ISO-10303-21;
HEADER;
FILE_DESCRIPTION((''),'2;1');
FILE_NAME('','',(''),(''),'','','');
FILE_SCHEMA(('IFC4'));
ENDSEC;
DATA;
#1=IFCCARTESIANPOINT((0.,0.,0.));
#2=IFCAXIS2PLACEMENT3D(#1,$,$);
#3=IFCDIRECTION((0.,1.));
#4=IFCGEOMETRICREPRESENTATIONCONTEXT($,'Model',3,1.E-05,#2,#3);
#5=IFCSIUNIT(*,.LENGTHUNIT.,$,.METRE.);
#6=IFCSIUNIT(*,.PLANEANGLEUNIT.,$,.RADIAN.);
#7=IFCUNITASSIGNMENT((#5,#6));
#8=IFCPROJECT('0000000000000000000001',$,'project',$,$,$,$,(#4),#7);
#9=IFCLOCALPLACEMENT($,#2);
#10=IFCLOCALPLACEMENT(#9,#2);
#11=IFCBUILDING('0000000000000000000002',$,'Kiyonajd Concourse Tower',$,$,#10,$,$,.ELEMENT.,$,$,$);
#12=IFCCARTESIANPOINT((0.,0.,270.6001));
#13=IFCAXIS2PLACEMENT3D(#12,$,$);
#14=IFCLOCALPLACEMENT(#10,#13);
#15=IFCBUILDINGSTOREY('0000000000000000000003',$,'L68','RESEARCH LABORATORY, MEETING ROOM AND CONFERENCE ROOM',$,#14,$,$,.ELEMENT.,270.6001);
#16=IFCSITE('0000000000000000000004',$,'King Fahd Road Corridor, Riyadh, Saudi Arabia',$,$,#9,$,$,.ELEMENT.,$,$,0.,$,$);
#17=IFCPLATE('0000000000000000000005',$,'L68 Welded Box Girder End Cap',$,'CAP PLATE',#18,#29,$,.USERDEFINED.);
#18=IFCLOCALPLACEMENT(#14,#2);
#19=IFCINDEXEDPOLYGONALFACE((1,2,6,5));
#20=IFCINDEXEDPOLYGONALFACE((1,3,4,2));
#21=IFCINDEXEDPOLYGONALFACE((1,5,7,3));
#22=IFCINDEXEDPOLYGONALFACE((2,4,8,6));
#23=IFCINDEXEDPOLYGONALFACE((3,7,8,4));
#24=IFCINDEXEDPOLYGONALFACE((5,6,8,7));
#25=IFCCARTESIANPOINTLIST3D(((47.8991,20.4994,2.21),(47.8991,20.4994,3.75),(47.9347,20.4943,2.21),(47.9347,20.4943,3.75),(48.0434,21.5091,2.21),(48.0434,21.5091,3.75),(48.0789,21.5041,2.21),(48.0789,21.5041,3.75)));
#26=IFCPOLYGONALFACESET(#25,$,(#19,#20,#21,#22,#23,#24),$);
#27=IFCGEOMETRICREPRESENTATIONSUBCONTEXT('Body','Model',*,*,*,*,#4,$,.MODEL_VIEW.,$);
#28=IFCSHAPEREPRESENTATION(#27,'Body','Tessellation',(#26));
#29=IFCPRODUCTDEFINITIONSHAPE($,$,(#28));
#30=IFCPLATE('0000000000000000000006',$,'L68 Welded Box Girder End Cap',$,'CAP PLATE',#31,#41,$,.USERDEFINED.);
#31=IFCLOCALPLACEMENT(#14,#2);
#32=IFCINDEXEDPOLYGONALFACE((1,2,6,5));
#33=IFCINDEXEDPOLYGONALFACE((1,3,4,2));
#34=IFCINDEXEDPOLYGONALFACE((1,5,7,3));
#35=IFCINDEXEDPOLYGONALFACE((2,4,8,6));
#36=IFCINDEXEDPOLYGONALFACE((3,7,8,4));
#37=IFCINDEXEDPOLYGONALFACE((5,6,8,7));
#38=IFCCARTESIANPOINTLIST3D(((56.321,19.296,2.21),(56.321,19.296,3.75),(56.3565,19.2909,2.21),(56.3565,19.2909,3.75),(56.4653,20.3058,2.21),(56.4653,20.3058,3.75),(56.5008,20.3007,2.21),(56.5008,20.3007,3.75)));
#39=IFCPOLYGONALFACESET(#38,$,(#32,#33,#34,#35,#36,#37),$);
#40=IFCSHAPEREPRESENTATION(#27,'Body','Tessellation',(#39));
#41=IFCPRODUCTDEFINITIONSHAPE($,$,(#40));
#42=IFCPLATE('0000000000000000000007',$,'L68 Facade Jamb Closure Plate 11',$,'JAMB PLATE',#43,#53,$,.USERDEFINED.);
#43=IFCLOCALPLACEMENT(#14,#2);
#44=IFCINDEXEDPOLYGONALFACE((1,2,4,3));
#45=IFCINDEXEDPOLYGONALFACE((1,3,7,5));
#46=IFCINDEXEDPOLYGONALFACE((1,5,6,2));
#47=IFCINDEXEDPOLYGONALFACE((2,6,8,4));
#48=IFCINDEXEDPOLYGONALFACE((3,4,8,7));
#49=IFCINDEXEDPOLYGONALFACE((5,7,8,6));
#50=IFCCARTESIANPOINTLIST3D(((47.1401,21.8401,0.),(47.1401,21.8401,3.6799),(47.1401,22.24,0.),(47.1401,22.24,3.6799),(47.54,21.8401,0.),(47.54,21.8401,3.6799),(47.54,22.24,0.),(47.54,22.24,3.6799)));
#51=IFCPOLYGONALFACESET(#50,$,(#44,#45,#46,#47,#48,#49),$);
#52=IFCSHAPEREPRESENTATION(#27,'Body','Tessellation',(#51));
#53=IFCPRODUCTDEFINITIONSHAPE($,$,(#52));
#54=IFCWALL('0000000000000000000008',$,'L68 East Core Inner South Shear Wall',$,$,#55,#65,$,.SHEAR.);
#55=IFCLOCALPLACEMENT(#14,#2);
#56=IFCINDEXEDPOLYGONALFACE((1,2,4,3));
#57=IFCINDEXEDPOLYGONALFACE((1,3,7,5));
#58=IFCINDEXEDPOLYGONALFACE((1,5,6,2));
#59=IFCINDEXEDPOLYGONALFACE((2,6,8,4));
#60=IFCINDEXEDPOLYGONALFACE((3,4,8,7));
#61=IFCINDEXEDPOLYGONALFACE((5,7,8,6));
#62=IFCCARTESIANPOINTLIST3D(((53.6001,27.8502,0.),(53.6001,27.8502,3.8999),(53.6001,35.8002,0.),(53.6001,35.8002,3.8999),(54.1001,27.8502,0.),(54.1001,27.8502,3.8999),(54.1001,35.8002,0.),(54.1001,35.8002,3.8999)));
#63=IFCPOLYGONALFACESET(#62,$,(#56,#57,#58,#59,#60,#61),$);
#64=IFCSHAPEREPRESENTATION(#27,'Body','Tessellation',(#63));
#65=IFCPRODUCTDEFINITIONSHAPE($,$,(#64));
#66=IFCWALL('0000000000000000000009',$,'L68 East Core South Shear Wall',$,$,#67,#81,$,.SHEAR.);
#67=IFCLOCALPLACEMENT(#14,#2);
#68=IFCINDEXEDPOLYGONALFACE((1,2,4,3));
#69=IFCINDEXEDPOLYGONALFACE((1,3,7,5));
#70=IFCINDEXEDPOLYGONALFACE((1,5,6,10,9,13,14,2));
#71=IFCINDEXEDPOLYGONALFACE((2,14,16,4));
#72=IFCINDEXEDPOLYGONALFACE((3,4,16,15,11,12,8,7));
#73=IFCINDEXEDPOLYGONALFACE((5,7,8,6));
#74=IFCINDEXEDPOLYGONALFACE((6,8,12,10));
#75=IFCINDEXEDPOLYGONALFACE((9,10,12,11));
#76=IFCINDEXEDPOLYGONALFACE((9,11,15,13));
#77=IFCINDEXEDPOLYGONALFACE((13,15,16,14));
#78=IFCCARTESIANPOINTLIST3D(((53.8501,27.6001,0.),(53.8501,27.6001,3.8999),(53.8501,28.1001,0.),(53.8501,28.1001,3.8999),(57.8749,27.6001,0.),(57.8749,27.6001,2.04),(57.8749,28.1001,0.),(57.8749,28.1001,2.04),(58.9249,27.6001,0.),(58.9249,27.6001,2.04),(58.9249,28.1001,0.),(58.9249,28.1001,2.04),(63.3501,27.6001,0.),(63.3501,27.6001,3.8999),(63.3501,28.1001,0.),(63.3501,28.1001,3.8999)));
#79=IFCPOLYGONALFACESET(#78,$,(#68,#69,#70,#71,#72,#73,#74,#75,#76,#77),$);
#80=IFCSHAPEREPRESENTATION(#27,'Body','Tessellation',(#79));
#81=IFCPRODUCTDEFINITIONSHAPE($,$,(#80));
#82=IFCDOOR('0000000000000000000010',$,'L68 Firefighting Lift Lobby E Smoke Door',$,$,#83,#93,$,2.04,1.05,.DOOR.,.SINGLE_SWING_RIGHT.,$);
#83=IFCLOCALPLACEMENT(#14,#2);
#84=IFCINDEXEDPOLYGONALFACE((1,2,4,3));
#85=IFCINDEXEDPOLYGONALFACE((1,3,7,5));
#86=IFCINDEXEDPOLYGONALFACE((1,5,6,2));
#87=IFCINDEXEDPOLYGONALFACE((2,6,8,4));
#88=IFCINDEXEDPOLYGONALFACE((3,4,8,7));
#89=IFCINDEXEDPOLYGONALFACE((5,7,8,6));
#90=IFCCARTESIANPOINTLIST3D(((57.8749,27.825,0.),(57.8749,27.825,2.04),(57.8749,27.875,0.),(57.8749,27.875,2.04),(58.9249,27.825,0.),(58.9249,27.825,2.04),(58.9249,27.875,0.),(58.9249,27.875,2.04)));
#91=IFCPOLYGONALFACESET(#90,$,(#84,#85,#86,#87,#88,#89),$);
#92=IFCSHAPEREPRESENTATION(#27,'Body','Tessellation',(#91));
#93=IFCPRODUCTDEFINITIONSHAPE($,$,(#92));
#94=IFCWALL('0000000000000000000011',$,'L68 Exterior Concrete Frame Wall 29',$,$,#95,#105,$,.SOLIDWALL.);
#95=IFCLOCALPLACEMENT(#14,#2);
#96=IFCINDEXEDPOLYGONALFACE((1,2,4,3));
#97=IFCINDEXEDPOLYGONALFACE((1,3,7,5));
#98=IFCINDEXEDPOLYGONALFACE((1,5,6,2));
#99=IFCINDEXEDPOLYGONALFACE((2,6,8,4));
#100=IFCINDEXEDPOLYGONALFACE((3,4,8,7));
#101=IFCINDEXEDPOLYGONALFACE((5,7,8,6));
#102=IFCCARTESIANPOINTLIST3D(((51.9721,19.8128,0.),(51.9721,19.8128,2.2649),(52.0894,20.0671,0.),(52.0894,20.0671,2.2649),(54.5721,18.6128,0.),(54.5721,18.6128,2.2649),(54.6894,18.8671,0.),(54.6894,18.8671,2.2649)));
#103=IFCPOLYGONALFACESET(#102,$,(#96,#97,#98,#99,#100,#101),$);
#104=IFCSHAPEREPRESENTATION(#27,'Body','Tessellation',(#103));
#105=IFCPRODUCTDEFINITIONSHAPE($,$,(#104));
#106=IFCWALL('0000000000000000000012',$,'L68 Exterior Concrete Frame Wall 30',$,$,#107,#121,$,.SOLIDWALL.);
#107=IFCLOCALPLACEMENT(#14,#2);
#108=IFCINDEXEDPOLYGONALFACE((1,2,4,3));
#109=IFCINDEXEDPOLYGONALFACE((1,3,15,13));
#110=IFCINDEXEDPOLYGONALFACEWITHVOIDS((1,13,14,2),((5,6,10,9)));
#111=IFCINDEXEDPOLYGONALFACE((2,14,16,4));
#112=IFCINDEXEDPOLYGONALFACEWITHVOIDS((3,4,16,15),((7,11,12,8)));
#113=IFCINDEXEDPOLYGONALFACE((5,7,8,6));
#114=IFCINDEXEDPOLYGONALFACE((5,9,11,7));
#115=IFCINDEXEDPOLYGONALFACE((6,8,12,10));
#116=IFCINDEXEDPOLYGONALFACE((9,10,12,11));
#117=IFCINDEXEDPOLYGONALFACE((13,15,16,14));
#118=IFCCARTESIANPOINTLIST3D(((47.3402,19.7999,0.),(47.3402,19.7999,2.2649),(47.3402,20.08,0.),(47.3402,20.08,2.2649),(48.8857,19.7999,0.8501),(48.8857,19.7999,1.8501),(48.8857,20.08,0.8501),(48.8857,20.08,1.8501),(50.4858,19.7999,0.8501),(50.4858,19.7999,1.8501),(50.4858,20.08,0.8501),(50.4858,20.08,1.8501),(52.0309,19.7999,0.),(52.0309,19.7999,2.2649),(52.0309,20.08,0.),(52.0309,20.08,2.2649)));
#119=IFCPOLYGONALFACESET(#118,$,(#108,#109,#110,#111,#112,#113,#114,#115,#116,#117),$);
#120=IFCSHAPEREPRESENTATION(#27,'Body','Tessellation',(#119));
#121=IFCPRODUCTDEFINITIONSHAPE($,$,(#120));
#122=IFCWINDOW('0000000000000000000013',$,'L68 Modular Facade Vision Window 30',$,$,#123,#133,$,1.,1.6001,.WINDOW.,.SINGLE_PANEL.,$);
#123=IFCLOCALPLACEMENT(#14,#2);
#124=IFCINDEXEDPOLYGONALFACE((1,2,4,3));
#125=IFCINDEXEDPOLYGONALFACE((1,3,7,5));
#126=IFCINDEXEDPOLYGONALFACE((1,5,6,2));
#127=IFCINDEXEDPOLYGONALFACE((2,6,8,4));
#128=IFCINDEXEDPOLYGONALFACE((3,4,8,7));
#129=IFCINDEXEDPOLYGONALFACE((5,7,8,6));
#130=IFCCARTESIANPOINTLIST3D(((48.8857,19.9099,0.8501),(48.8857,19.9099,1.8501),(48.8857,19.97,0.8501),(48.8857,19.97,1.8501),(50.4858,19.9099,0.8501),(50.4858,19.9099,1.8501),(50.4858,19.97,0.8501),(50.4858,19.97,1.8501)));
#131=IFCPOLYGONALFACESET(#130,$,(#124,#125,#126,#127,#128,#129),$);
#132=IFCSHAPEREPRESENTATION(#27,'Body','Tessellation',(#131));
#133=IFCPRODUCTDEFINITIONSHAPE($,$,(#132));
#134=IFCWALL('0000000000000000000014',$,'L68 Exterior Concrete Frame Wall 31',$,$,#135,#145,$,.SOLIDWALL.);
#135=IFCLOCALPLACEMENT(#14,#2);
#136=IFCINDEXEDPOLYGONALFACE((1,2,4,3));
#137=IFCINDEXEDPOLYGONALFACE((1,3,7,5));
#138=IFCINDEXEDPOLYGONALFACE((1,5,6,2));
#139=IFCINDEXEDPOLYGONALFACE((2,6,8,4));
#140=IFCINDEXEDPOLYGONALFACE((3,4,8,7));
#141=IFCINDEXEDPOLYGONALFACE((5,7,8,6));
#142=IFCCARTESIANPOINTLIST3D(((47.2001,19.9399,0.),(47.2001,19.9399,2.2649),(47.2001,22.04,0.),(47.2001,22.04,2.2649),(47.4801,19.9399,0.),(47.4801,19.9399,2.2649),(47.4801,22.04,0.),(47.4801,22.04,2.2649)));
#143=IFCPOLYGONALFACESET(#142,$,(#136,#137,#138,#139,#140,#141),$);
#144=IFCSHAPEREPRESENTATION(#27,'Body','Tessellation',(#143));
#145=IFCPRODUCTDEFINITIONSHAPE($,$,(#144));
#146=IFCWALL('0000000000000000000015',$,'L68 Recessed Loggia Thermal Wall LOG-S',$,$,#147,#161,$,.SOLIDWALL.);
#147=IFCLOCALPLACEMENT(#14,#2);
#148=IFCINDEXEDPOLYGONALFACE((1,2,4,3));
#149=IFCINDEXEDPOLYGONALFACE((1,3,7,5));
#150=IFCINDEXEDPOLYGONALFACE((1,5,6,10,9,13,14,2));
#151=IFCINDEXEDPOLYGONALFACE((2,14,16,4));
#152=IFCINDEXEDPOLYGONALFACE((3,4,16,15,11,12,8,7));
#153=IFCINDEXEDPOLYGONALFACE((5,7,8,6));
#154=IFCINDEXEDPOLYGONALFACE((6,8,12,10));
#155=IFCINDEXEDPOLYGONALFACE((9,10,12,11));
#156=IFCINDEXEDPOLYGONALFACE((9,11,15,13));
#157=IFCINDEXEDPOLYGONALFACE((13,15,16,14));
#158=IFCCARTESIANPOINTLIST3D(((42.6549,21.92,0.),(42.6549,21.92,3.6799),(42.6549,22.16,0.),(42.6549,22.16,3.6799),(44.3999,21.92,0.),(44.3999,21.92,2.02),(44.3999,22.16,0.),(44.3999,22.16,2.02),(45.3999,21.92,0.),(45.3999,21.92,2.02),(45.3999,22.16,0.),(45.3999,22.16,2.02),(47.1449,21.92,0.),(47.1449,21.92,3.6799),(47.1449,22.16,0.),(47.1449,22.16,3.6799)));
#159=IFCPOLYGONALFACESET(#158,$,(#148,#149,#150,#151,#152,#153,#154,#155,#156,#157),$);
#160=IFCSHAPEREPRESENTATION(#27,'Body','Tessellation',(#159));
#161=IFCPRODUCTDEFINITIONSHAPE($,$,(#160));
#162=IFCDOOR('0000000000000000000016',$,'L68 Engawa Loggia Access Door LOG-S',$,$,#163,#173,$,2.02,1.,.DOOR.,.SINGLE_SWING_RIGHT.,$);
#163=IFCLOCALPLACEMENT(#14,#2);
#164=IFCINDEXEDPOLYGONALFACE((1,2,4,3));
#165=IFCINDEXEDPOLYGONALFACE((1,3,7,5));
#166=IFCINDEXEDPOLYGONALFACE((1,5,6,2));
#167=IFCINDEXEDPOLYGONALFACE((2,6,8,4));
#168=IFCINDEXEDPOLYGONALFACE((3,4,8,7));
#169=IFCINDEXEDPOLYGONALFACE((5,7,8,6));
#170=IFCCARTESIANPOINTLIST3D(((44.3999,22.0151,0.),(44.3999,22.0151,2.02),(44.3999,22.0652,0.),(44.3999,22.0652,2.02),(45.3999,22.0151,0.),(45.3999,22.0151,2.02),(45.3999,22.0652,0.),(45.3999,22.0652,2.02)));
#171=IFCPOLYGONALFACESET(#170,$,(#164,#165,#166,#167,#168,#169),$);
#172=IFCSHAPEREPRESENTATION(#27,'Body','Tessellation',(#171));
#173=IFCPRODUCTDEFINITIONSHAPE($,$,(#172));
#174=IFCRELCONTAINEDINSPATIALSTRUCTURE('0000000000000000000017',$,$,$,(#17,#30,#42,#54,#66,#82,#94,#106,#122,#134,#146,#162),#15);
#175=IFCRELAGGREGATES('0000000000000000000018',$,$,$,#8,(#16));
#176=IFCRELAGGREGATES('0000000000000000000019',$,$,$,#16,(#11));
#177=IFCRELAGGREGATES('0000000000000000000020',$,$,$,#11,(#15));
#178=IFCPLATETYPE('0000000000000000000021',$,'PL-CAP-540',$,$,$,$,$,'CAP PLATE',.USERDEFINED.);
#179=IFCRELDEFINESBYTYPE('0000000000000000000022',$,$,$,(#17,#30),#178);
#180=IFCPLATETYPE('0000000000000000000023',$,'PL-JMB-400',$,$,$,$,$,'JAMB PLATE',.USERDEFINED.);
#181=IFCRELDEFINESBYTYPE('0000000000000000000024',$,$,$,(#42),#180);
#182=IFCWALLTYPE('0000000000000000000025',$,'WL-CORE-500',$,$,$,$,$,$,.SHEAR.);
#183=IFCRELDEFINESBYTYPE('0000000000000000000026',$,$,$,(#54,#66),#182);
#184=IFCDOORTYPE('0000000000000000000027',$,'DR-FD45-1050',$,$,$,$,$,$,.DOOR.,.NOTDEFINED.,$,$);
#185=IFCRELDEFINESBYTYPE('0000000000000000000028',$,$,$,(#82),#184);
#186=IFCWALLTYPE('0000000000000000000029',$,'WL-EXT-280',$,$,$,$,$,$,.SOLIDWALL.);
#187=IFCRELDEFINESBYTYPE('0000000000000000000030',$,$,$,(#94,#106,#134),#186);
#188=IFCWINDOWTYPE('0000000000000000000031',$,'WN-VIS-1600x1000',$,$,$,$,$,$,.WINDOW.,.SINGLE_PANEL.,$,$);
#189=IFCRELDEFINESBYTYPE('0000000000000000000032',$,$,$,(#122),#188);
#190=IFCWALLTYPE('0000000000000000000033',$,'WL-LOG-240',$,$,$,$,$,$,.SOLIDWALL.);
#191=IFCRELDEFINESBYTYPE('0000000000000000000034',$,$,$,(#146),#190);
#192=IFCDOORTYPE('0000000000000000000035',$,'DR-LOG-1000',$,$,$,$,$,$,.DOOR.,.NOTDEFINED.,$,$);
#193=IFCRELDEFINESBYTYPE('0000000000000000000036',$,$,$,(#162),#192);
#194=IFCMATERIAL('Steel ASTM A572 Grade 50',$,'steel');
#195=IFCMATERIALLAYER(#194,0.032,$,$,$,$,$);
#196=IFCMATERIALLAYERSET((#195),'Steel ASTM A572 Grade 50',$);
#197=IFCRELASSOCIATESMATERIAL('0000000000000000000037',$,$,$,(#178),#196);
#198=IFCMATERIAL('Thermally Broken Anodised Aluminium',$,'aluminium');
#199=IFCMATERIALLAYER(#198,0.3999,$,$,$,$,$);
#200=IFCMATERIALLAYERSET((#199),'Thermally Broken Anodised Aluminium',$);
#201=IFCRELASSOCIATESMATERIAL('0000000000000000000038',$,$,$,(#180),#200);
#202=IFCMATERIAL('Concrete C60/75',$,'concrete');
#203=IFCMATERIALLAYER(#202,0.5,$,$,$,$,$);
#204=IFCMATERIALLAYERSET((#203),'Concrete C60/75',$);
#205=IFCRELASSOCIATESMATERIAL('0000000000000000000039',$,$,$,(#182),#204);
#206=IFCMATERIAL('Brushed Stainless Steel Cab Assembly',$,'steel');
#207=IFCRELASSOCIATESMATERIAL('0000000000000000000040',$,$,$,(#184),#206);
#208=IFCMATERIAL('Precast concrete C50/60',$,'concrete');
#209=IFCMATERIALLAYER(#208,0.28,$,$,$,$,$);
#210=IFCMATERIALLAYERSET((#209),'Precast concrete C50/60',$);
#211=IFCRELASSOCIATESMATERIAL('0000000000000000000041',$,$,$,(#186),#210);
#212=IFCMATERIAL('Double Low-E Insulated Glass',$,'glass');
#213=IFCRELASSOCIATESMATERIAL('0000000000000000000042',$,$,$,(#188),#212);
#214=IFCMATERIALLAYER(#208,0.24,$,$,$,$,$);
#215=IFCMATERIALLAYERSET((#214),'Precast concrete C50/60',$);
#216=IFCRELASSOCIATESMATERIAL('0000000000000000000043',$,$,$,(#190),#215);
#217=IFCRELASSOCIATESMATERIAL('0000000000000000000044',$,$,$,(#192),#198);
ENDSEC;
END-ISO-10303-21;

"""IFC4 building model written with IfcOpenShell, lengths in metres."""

from ifc_helpers import new_model, si_unit, direction, frame, frame_2d, origin, origin_2d, place, context, subcontext, project, spatial, rectangle, extrude, material, layer, layer_set, type_object, element, fill, save


model = new_model("IFC4")

# Units and contexts
model_context = context("Model", 3, precision=1e-05, world=origin(), true_north=direction((0.0, 1.0)))
body_context = subcontext(model_context, "Body", "Model", "MODEL_VIEW")
ifc_project = project(units=[si_unit("LENGTHUNIT", "METRE"), si_unit("PLANEANGLEUNIT", "RADIAN")], contexts=[model_context])

# Site, building, storey
site_placement = place(None, origin())
site = spatial("IfcSite", under=ifc_project, at=site_placement, Name="King Fahd Road Corridor, Riyadh, Saudi Arabia", CompositionType="ELEMENT", RefElevation=0.0)
building_placement = place(site_placement, origin())
building = spatial("IfcBuilding", under=site, at=building_placement, Name="Kiyonajd Concourse Tower", CompositionType="ELEMENT")
storey_placement = place(building_placement, frame((0.0, 0.0, 270.6001)))
storey = spatial("IfcBuildingStorey", under=building, at=storey_placement, Name="L68", Description="RESEARCH LABORATORY, MEETING ROOM AND CONFERENCE ROOM", CompositionType="ELEMENT", Elevation=270.6001)

# Shared definitions
ifc_material_1 = material(Name="Concrete C60/75", Category="concrete")

# Shared definitions
ifc_material_2 = material(Name="Steel ASTM A572 Grade 50", Category="steel")

# Plates
ifc_layer_1 = layer(ifc_material_2, 0.032)
ifc_layer_set_1 = layer_set([ifc_layer_1], Name="Steel ASTM A572 Grade 50")
plate_type_1 = type_object("IfcPlateType", Name="PL-CAP-540", ElementType="CAP PLATE", PredefinedType="USERDEFINED", material=ifc_layer_set_1)
for number, where, z_axis, x_axis, name in (
    (1, (47.989, 21.0017, 2.21), (0.0, 0.0, 1.0), (-0.98995, 0.14142, 0.0), "L68 Welded Box Girder End Cap"),
    (2, (56.4109, 19.7983, 2.21), (0.0, 0.0, 1.0), (0.98995, -0.14142, 0.0), "L68 Welded Box Girder End Cap"),
):
    element("IfcPlate", number, at=place(storey_placement, frame(where, z_axis=z_axis, x_axis=x_axis)), inside=storey, type_object=plate_type_1, Name=name, ObjectType="CAP PLATE", PredefinedType="USERDEFINED", context=body_context, shape_type="SweptSolid", body=[
        extrude(rectangle(XDim=0.0359, YDim=1.02, at=origin_2d()), origin(), (0.0, 0.0, 1.0), 1.54),
    ])
ifc_material_3 = material(Name="Thermally Broken Anodised Aluminium", Category="aluminium")
ifc_layer_2 = layer(ifc_material_3, 0.3999)
ifc_layer_set_2 = layer_set([ifc_layer_2], Name="Thermally Broken Anodised Aluminium")
plate_type_2 = type_object("IfcPlateType", Name="PL-JMB-400", ElementType="JAMB PLATE", PredefinedType="USERDEFINED", material=ifc_layer_set_2)
plate_placement = place(storey_placement, frame((47.3401, 22.04, 0.0), z_axis=(0.0, 0.0, 1.0), x_axis=(1.0, 0.0, 0.0)))
element("IfcPlate", 3, at=plate_placement, inside=storey, type_object=plate_type_2, Name="L68 Facade Jamb Closure Plate 11", ObjectType="JAMB PLATE", PredefinedType="USERDEFINED", context=body_context, shape_type="SweptSolid", body=[
    extrude(rectangle(XDim=0.3999, YDim=0.3999, at=origin_2d()), origin(), (0.0, 0.0, 1.0), 3.6799),
])

# Wall
ifc_layer_3 = layer(ifc_material_1, 0.5)
ifc_layer_set_3 = layer_set([ifc_layer_3], Name="Concrete C60/75")
wall_type_1 = type_object("IfcWallType", Name="WL-CORE-500", PredefinedType="SHEAR", material=ifc_layer_set_3)
wall_1_placement = place(storey_placement, frame((53.8501, 27.8501, 0.0), z_axis=(0.0, 0.0, 1.0), x_axis=(0.0, 1.0, 0.0)))
element("IfcWall", 4, at=wall_1_placement, inside=storey, type_object=wall_type_1, Name="L68 East Core Inner South Shear Wall", PredefinedType="SHEAR", context=body_context, shape_type="SweptSolid", body=[
    extrude(rectangle(XDim=7.95, YDim=0.5, at=frame_2d((3.9751, 0.0))), origin(), (0.0, 0.0, 1.0), 3.8999),
])

# Wall, opening, door
wall_2_placement = place(storey_placement, frame((53.8501, 27.8501, 0.0), z_axis=(0.0, 0.0, 1.0), x_axis=(1.0, 0.0, 0.0)))
wall_2 = element("IfcWall", 5, at=wall_2_placement, inside=storey, type_object=wall_type_1, Name="L68 East Core South Shear Wall", PredefinedType="SHEAR", context=body_context, shape_type="SweptSolid", body=[
    extrude(rectangle(XDim=9.5, YDim=0.5, at=frame_2d((4.75, 0.0))), origin(), (0.0, 0.0, 1.0), 3.8999),
])
opening_1_placement = place(wall_2_placement, frame((4.0249, 0.0, 0.0)))
opening_1 = element("IfcOpeningElement", 6, at=opening_1_placement, cuts=wall_2, PredefinedType="OPENING", context=body_context, shape_type="SweptSolid", body=[
    extrude(rectangle(XDim=1.05, YDim=2.04, at=frame_2d((0.5249, 1.02))), frame((0.0, 0.26, 0.0), z_axis=(0.0, -1.0, 0.0), x_axis=(1.0, 0.0, 0.0)), (0.0, 0.0, 1.0), 0.52),
])
ifc_material_4 = material(Name="Brushed Stainless Steel Cab Assembly", Category="steel")
door_type_1 = type_object("IfcDoorType", Name="DR-FD45-1050", OperationType="NOTDEFINED", PredefinedType="DOOR", material=ifc_material_4)
door_1_placement = place(opening_1_placement, origin())
door_1 = element("IfcDoor", 7, at=door_1_placement, inside=storey, type_object=door_type_1, Name="L68 Firefighting Lift Lobby E Smoke Door", OperationType="SINGLE_SWING_RIGHT", OverallHeight=2.04, OverallWidth=1.05, PredefinedType="DOOR", context=body_context, shape_type="SweptSolid", body=[
    extrude(rectangle(XDim=1.05, YDim=2.04, at=frame_2d((0.5249, 1.02))), frame((0.0, 0.0249, 0.0), z_axis=(0.0, -1.0, 0.0), x_axis=(1.0, 0.0, 0.0)), (0.0, 0.0, 1.0), 0.05),
])
fill(opening_1, door_1)

# Wall
ifc_material_5 = material(Name="Precast concrete C50/60", Category="concrete")
ifc_layer_4 = layer(ifc_material_5, 0.28)
ifc_layer_set_4 = layer_set([ifc_layer_4], Name="Precast concrete C50/60")
wall_type_2 = type_object("IfcWallType", Name="WL-EXT-280", PredefinedType="SOLIDWALL", material=ifc_layer_set_4)
wall_3_placement = place(storey_placement, frame((54.6306, 18.74, 0.0), z_axis=(0.0, 0.0, 1.0), x_axis=(-0.907957, 0.419064, 0.0)))
element("IfcWall", 8, at=wall_3_placement, inside=storey, type_object=wall_type_2, Name="L68 Exterior Concrete Frame Wall 29", PredefinedType="SOLIDWALL", context=body_context, shape_type="SweptSolid", body=[
    extrude(rectangle(XDim=2.8635, YDim=0.28, at=frame_2d((1.4316, 0.0))), origin(), (0.0, 0.0, 1.0), 2.2649),
])

# Wall, opening, window
wall_4_placement = place(storey_placement, frame((52.0308, 19.9399, 0.0), z_axis=(0.0, 0.0, 1.0), x_axis=(-1.0, 0.0, 0.0)))
wall_4 = element("IfcWall", 9, at=wall_4_placement, inside=storey, type_object=wall_type_2, Name="L68 Exterior Concrete Frame Wall 30", PredefinedType="SOLIDWALL", context=body_context, shape_type="SweptSolid", body=[
    extrude(rectangle(XDim=4.6907, YDim=0.28, at=frame_2d((2.3452, 0.0))), origin(), (0.0, 0.0, 1.0), 2.2649),
])
opening_2_placement = place(wall_4_placement, frame((1.5449, 0.0, 0.8501)))
opening_2 = element("IfcOpeningElement", 10, at=opening_2_placement, cuts=wall_4, PredefinedType="OPENING", context=body_context, shape_type="SweptSolid", body=[
    extrude(rectangle(XDim=1.6001, YDim=1.0, at=frame_2d((0.8, 0.5))), frame((0.0, 0.1499, 0.0), z_axis=(0.0, -1.0, 0.0), x_axis=(1.0, 0.0, 0.0)), (0.0, 0.0, 1.0), 0.3),
])
ifc_material_6 = material(Name="Double Low-E Insulated Glass", Category="glass")
window_type = type_object("IfcWindowType", Name="WN-VIS-1600x1000", PartitioningType="SINGLE_PANEL", PredefinedType="WINDOW", material=ifc_material_6)
window_placement = place(opening_2_placement, origin())
window = element("IfcWindow", 11, at=window_placement, inside=storey, type_object=window_type, Name="L68 Modular Facade Vision Window 30", OverallHeight=1.0, OverallWidth=1.6001, PartitioningType="SINGLE_PANEL", PredefinedType="WINDOW", context=body_context, shape_type="SweptSolid", body=[
    extrude(rectangle(XDim=1.6001, YDim=1.0, at=frame_2d((0.8, 0.5))), frame((0.0, 0.03, 0.0), z_axis=(0.0, -1.0, 0.0), x_axis=(1.0, 0.0, 0.0)), (0.0, 0.0, 1.0), 0.0601),
])
fill(opening_2, window)

# Wall
wall_5_placement = place(storey_placement, frame((47.3401, 19.9399, 0.0), z_axis=(0.0, 0.0, 1.0), x_axis=(0.0, 1.0, 0.0)))
element("IfcWall", 12, at=wall_5_placement, inside=storey, type_object=wall_type_2, Name="L68 Exterior Concrete Frame Wall 31", PredefinedType="SOLIDWALL", context=body_context, shape_type="SweptSolid", body=[
    extrude(rectangle(XDim=2.1001, YDim=0.28, at=frame_2d((1.05, 0.0))), origin(), (0.0, 0.0, 1.0), 2.2649),
])

# Wall, opening, door
ifc_layer_5 = layer(ifc_material_5, 0.24)
ifc_layer_set_5 = layer_set([ifc_layer_5], Name="Precast concrete C50/60")
wall_type_3 = type_object("IfcWallType", Name="WL-LOG-240", PredefinedType="SOLIDWALL", material=ifc_layer_set_5)
wall_6_placement = place(storey_placement, frame((47.145, 22.04, 0.0), z_axis=(0.0, 0.0, 1.0), x_axis=(-1.0, 0.0, 0.0)))
wall_6 = element("IfcWall", 13, at=wall_6_placement, inside=storey, type_object=wall_type_3, Name="L68 Recessed Loggia Thermal Wall LOG-S", PredefinedType="SOLIDWALL", context=body_context, shape_type="SweptSolid", body=[
    extrude(rectangle(XDim=4.49, YDim=0.24, at=frame_2d((2.2451, 0.0))), origin(), (0.0, 0.0, 1.0), 3.6799),
])
opening_3_placement = place(wall_6_placement, frame((1.7451, 0.0, 0.0)))
opening_3 = element("IfcOpeningElement", 14, at=opening_3_placement, cuts=wall_6, PredefinedType="OPENING", context=body_context, shape_type="SweptSolid", body=[
    extrude(rectangle(XDim=1.0, YDim=2.02, at=frame_2d((0.5, 1.01))), frame((0.0, 0.1299, 0.0), z_axis=(0.0, -1.0, 0.0), x_axis=(1.0, 0.0, 0.0)), (0.0, 0.0, 1.0), 0.26),
])
door_type_2 = type_object("IfcDoorType", Name="DR-LOG-1000", OperationType="NOTDEFINED", PredefinedType="DOOR", material=ifc_material_3)
door_2_placement = place(opening_3_placement, origin())
door_2 = element("IfcDoor", 15, at=door_2_placement, inside=storey, type_object=door_type_2, Name="L68 Engawa Loggia Access Door LOG-S", OperationType="SINGLE_SWING_RIGHT", OverallHeight=2.02, OverallWidth=1.0, PredefinedType="DOOR", context=body_context, shape_type="SweptSolid", body=[
    extrude(rectangle(XDim=1.0, YDim=2.02, at=frame_2d((0.5, 1.01))), frame((0.0, 0.0249, 0.0), z_axis=(0.0, -1.0, 0.0), x_axis=(1.0, 0.0, 0.0)), (0.0, 0.0, 1.0), 0.05),
])
fill(opening_3, door_2)

save(model, "model.ifc")
